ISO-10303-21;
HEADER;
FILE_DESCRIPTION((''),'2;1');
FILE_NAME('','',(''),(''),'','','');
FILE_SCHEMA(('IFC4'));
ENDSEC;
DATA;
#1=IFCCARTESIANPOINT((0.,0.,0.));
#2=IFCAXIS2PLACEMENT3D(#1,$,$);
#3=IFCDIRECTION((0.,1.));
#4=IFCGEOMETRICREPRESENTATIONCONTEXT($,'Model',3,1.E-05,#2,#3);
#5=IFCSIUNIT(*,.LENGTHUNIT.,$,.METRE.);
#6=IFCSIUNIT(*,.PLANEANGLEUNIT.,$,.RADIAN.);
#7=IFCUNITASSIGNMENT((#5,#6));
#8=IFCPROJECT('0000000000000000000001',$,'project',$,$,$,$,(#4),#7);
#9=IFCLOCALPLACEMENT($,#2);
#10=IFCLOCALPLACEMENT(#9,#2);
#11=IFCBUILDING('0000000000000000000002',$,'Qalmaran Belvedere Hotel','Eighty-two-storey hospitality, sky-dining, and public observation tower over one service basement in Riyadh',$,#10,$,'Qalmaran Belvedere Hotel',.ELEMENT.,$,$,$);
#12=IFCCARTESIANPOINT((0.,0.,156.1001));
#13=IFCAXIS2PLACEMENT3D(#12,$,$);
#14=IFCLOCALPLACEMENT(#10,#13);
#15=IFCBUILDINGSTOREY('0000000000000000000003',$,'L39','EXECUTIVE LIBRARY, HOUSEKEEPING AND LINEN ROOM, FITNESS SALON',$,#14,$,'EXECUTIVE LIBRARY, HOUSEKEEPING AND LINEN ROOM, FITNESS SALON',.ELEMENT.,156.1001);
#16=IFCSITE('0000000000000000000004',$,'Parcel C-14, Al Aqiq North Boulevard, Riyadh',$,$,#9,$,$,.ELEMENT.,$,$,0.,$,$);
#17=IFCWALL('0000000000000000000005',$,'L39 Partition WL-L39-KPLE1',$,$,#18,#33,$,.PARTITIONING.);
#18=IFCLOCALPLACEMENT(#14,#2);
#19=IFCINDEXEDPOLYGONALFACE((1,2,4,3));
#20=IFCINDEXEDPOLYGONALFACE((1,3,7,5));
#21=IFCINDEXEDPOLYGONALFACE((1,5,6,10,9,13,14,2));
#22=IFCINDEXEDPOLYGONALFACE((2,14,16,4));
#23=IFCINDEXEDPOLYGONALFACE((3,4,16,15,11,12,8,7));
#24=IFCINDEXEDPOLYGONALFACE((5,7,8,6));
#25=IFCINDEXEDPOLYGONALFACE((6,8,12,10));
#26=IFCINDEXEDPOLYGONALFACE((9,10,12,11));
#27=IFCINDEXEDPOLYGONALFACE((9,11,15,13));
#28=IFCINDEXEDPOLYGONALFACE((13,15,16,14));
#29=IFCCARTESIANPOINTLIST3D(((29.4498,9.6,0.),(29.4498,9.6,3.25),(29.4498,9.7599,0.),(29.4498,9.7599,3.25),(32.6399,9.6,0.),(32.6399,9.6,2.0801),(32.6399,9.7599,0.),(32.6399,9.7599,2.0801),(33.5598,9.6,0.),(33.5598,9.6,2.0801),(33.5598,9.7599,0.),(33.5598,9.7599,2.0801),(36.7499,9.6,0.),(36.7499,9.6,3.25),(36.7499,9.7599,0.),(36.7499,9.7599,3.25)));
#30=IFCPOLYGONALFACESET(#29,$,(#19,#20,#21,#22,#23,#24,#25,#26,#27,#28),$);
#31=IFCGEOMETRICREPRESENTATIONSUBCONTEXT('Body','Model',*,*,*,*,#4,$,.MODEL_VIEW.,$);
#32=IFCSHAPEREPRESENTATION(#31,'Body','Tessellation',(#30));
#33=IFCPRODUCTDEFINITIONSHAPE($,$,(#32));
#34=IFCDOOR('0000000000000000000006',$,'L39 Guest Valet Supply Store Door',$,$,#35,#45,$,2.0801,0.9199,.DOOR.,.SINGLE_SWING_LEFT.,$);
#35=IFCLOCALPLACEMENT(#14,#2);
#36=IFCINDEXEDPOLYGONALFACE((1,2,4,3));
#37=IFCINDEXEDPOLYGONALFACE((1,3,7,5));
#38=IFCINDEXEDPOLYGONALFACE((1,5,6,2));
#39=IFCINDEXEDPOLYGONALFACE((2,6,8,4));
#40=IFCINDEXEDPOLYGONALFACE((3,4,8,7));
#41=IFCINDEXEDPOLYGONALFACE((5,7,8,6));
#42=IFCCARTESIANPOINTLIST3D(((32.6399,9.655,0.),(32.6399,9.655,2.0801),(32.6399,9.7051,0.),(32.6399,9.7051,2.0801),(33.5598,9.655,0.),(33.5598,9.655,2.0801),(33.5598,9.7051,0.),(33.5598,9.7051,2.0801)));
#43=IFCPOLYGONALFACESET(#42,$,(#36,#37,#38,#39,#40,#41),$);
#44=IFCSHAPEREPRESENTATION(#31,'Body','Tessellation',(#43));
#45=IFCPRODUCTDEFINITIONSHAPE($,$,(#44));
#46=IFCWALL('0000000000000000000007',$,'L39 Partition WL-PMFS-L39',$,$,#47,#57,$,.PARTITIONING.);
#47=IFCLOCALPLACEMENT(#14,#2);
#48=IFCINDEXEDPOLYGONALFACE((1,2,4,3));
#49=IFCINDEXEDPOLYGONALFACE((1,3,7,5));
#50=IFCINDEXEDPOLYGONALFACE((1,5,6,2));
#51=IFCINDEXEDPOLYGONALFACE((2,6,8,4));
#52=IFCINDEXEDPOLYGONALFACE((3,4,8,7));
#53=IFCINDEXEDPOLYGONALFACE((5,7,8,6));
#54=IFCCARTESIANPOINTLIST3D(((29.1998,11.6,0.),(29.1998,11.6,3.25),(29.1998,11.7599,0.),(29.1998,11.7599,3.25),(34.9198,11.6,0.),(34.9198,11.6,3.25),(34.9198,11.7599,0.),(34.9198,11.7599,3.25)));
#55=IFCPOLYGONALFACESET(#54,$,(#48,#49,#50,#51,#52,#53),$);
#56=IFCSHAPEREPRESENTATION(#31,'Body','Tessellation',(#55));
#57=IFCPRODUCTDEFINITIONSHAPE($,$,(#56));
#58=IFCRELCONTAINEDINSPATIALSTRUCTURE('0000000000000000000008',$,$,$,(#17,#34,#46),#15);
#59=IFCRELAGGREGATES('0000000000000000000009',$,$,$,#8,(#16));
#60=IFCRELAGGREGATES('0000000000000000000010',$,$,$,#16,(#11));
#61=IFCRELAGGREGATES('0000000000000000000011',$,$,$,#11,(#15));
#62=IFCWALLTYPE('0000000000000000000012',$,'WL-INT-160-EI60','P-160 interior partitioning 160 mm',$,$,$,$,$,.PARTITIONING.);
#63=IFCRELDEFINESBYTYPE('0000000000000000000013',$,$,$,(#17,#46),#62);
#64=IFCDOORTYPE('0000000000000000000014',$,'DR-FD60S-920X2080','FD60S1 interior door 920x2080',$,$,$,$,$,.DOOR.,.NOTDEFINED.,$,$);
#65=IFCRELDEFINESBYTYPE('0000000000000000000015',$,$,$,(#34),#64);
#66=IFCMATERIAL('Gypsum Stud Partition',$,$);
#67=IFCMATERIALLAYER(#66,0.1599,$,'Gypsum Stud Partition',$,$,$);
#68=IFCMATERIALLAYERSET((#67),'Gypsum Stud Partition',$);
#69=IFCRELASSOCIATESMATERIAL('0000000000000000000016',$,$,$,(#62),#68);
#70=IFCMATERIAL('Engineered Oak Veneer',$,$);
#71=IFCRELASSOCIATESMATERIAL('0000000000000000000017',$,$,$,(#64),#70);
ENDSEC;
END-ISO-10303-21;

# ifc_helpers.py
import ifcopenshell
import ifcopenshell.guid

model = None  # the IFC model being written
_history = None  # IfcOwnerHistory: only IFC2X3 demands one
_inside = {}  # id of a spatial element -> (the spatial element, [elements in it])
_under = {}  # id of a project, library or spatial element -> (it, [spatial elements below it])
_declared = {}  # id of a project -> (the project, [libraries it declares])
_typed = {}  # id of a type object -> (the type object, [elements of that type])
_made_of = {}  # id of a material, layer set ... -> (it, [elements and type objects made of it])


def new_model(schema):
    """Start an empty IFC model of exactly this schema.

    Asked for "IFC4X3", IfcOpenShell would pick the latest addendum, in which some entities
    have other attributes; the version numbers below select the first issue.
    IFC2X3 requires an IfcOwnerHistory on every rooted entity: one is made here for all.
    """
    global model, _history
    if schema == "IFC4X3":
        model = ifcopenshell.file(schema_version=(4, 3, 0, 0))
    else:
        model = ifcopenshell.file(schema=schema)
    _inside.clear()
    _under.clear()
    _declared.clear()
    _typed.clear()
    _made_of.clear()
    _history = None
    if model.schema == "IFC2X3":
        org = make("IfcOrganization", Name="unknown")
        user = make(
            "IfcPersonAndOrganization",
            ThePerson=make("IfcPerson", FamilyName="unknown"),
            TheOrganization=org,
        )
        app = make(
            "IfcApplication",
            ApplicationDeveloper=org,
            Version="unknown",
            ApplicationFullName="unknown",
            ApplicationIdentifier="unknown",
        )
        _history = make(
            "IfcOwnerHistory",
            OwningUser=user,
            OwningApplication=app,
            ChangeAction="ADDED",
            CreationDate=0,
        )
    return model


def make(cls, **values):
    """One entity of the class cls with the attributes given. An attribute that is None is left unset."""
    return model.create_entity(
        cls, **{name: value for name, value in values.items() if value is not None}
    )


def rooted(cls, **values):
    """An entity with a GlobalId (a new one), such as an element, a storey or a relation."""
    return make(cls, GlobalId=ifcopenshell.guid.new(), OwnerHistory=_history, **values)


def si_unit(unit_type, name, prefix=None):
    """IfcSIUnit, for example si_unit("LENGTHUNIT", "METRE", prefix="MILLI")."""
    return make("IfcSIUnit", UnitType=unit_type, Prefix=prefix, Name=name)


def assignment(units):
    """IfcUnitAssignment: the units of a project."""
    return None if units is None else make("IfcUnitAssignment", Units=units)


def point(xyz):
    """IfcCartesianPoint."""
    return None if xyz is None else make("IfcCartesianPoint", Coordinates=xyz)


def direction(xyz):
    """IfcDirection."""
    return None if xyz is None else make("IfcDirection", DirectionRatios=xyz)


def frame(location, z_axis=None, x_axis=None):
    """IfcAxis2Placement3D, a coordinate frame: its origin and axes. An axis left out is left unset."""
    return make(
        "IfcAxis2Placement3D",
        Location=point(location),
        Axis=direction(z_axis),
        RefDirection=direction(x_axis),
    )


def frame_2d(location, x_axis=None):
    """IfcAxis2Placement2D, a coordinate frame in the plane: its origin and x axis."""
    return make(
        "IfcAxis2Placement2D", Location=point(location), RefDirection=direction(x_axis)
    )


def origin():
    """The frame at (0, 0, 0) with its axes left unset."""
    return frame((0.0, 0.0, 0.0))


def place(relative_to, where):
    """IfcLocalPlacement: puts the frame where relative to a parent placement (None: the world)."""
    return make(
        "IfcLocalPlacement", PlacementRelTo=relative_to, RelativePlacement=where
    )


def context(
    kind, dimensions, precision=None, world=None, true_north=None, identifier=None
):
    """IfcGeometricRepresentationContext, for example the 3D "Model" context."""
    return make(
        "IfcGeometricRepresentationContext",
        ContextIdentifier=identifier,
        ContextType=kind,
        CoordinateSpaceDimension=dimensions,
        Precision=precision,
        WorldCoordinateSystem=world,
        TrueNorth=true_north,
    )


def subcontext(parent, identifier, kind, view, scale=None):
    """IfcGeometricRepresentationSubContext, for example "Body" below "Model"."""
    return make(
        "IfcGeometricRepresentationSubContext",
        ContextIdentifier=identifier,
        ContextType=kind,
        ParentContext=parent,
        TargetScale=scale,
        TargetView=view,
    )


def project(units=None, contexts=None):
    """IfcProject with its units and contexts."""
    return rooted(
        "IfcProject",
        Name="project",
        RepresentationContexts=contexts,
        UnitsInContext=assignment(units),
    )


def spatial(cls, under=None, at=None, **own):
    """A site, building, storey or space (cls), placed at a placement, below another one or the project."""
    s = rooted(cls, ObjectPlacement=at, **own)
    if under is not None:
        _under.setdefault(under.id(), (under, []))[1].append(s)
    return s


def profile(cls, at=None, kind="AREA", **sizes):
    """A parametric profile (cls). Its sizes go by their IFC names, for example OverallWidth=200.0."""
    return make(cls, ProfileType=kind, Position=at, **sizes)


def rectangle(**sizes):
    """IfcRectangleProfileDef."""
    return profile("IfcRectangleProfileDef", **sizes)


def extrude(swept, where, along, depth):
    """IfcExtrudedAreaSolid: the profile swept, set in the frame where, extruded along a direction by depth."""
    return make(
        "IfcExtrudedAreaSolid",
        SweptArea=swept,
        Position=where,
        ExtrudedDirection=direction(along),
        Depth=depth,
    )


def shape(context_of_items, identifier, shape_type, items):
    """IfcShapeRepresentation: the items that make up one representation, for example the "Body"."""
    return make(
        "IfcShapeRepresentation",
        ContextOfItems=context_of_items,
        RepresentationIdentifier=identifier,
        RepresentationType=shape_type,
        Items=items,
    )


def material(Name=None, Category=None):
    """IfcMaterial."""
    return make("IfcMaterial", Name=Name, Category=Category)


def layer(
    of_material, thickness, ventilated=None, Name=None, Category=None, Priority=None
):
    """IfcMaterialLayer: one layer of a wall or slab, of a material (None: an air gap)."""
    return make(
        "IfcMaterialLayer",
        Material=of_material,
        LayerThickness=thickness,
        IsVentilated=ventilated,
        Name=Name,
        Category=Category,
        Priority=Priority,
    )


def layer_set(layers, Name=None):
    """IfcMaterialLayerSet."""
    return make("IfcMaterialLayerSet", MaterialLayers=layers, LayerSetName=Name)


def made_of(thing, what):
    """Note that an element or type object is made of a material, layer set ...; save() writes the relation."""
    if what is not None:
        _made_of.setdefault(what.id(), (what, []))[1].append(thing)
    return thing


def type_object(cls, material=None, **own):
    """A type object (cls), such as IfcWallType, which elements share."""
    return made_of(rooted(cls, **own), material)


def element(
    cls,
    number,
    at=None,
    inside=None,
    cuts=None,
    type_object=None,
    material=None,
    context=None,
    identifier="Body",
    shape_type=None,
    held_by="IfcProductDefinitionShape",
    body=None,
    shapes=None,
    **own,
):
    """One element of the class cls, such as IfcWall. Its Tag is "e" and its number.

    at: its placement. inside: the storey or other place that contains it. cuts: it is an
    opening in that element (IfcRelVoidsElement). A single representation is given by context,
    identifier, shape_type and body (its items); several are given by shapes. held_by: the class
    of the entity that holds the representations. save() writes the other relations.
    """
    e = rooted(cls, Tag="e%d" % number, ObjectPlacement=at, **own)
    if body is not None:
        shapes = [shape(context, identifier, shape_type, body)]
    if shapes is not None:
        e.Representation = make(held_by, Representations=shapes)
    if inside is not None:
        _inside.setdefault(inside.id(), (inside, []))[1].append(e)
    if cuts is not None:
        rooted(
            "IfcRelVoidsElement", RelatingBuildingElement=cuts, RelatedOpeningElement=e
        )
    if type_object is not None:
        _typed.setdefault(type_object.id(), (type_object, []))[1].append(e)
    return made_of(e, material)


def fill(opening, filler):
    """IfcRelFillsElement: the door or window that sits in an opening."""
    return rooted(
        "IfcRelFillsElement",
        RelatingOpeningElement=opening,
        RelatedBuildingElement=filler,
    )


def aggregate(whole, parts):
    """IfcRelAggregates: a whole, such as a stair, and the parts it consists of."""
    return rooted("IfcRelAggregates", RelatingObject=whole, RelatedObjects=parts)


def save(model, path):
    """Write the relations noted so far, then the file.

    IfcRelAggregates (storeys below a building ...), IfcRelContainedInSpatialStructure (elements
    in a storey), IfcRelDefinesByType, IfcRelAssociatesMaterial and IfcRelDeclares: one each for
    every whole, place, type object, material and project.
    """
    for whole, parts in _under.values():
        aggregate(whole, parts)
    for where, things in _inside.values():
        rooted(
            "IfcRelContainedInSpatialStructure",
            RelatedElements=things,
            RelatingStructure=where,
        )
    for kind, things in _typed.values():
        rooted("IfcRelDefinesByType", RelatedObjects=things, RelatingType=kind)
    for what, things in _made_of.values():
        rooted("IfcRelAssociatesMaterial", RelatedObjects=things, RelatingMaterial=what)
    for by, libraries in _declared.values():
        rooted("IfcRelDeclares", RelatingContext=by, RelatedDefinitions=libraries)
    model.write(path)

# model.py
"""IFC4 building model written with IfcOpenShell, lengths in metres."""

from ifc_helpers import new_model, si_unit, direction, frame, frame_2d, origin, place, context, subcontext, project, spatial, rectangle, extrude, material, layer, layer_set, type_object, element, fill, save


model = new_model("IFC4")

# Units and contexts
model_context = context("Model", 3, precision=1e-05, world=origin(), true_north=direction((0.0, 1.0)))
body_context = subcontext(model_context, "Body", "Model", "MODEL_VIEW")
ifc_project = project(units=[si_unit("LENGTHUNIT", "METRE"), si_unit("PLANEANGLEUNIT", "RADIAN")], contexts=[model_context])

# Site, building, storey
site_placement = place(None, origin())
site = spatial("IfcSite", under=ifc_project, at=site_placement, Name="Parcel C-14, Al Aqiq North Boulevard, Riyadh", CompositionType="ELEMENT", RefElevation=0.0)
building_placement = place(site_placement, origin())
building = spatial("IfcBuilding", under=site, at=building_placement, Name="Qalmaran Belvedere Hotel", Description="Eighty-two-storey hospitality, sky-dining, and public observation tower over one service basement in Riyadh", LongName="Qalmaran Belvedere Hotel", CompositionType="ELEMENT")
storey_placement = place(building_placement, frame((0.0, 0.0, 156.1001)))
storey = spatial("IfcBuildingStorey", under=building, at=storey_placement, Name="L39", Description="EXECUTIVE LIBRARY, HOUSEKEEPING AND LINEN ROOM, FITNESS SALON", LongName="EXECUTIVE LIBRARY, HOUSEKEEPING AND LINEN ROOM, FITNESS SALON", CompositionType="ELEMENT", Elevation=156.1001)

# Shared definitions
ifc_material_1 = material(Name="Gypsum Stud Partition")

# Shared definitions
ifc_layer_1 = layer(ifc_material_1, 0.1599, Name="Gypsum Stud Partition")
ifc_layer_set_1 = layer_set([ifc_layer_1], Name="Gypsum Stud Partition")
wall_type_1 = type_object("IfcWallType", Name="WL-INT-160-EI60", Description="P-160 interior partitioning 160 mm", PredefinedType="PARTITIONING", material=ifc_layer_set_1)

# Wall, opening, door
wall_1_placement = place(storey_placement, frame((29.45, 9.6799, 0.0), z_axis=(0.0, 0.0, 1.0), x_axis=(1.0, 0.0, 0.0)))
wall_1 = element("IfcWall", 1, at=wall_1_placement, inside=storey, type_object=wall_type_1, Name="L39 Partition WL-L39-KPLE1", PredefinedType="PARTITIONING", context=body_context, shape_type="SweptSolid", body=[
    extrude(rectangle(XDim=7.3, YDim=0.1599, at=frame_2d((3.6499, 0.0))), origin(), (0.0, 0.0, 1.0), 3.25),
])
opening_1_placement = place(wall_1_placement, frame((4.1099, 0.0, 0.0), z_axis=(0.0, 0.0, 1.0), x_axis=(-1.0, 0.0, 0.0)))
opening_1 = element("IfcOpeningElement", 2, at=opening_1_placement, cuts=wall_1, PredefinedType="OPENING", context=body_context, shape_type="SweptSolid", body=[
    extrude(rectangle(XDim=0.9199, YDim=2.0801, at=frame_2d((0.46, 1.04))), frame((0.0, 0.0898, 0.0), z_axis=(0.0, -1.0, 0.0), x_axis=(1.0, 0.0, 0.0)), (0.0, 0.0, 1.0), 0.1799),
])
ifc_material_2 = material(Name="Engineered Oak Veneer")
door_type_1 = type_object("IfcDoorType", Name="DR-FD60S-920X2080", Description="FD60S1 interior door 920x2080", OperationType="NOTDEFINED", PredefinedType="DOOR", material=ifc_material_2)
door_1_placement = place(opening_1_placement, origin())
door_1 = element("IfcDoor", 3, at=door_1_placement, inside=storey, type_object=door_type_1, Name="L39 Guest Valet Supply Store Door", OperationType="SINGLE_SWING_LEFT", OverallHeight=2.0801, OverallWidth=0.9199, PredefinedType="DOOR", context=body_context, shape_type="SweptSolid", body=[
    extrude(rectangle(XDim=0.9199, YDim=2.0801, at=frame_2d((0.46, 1.04))), frame((0.0, 0.0249, 0.0), z_axis=(0.0, -1.0, 0.0), x_axis=(1.0, 0.0, 0.0)), (0.0, 0.0, 1.0), 0.05),
])
fill(opening_1, door_1)

# Wall
wall_2_placement = place(storey_placement, frame((29.2, 11.6799, 0.0), z_axis=(0.0, 0.0, 1.0), x_axis=(1.0, 0.0, 0.0)))
element("IfcWall", 4, at=wall_2_placement, inside=storey, type_object=wall_type_1, Name="L39 Partition WL-PMFS-L39", PredefinedType="PARTITIONING", context=body_context, shape_type="SweptSolid", body=[
    extrude(rectangle(XDim=5.72, YDim=0.1599, at=frame_2d((2.8599, 0.0))), origin(), (0.0, 0.0, 1.0), 3.25),
])

save(model, "model.ifc")
